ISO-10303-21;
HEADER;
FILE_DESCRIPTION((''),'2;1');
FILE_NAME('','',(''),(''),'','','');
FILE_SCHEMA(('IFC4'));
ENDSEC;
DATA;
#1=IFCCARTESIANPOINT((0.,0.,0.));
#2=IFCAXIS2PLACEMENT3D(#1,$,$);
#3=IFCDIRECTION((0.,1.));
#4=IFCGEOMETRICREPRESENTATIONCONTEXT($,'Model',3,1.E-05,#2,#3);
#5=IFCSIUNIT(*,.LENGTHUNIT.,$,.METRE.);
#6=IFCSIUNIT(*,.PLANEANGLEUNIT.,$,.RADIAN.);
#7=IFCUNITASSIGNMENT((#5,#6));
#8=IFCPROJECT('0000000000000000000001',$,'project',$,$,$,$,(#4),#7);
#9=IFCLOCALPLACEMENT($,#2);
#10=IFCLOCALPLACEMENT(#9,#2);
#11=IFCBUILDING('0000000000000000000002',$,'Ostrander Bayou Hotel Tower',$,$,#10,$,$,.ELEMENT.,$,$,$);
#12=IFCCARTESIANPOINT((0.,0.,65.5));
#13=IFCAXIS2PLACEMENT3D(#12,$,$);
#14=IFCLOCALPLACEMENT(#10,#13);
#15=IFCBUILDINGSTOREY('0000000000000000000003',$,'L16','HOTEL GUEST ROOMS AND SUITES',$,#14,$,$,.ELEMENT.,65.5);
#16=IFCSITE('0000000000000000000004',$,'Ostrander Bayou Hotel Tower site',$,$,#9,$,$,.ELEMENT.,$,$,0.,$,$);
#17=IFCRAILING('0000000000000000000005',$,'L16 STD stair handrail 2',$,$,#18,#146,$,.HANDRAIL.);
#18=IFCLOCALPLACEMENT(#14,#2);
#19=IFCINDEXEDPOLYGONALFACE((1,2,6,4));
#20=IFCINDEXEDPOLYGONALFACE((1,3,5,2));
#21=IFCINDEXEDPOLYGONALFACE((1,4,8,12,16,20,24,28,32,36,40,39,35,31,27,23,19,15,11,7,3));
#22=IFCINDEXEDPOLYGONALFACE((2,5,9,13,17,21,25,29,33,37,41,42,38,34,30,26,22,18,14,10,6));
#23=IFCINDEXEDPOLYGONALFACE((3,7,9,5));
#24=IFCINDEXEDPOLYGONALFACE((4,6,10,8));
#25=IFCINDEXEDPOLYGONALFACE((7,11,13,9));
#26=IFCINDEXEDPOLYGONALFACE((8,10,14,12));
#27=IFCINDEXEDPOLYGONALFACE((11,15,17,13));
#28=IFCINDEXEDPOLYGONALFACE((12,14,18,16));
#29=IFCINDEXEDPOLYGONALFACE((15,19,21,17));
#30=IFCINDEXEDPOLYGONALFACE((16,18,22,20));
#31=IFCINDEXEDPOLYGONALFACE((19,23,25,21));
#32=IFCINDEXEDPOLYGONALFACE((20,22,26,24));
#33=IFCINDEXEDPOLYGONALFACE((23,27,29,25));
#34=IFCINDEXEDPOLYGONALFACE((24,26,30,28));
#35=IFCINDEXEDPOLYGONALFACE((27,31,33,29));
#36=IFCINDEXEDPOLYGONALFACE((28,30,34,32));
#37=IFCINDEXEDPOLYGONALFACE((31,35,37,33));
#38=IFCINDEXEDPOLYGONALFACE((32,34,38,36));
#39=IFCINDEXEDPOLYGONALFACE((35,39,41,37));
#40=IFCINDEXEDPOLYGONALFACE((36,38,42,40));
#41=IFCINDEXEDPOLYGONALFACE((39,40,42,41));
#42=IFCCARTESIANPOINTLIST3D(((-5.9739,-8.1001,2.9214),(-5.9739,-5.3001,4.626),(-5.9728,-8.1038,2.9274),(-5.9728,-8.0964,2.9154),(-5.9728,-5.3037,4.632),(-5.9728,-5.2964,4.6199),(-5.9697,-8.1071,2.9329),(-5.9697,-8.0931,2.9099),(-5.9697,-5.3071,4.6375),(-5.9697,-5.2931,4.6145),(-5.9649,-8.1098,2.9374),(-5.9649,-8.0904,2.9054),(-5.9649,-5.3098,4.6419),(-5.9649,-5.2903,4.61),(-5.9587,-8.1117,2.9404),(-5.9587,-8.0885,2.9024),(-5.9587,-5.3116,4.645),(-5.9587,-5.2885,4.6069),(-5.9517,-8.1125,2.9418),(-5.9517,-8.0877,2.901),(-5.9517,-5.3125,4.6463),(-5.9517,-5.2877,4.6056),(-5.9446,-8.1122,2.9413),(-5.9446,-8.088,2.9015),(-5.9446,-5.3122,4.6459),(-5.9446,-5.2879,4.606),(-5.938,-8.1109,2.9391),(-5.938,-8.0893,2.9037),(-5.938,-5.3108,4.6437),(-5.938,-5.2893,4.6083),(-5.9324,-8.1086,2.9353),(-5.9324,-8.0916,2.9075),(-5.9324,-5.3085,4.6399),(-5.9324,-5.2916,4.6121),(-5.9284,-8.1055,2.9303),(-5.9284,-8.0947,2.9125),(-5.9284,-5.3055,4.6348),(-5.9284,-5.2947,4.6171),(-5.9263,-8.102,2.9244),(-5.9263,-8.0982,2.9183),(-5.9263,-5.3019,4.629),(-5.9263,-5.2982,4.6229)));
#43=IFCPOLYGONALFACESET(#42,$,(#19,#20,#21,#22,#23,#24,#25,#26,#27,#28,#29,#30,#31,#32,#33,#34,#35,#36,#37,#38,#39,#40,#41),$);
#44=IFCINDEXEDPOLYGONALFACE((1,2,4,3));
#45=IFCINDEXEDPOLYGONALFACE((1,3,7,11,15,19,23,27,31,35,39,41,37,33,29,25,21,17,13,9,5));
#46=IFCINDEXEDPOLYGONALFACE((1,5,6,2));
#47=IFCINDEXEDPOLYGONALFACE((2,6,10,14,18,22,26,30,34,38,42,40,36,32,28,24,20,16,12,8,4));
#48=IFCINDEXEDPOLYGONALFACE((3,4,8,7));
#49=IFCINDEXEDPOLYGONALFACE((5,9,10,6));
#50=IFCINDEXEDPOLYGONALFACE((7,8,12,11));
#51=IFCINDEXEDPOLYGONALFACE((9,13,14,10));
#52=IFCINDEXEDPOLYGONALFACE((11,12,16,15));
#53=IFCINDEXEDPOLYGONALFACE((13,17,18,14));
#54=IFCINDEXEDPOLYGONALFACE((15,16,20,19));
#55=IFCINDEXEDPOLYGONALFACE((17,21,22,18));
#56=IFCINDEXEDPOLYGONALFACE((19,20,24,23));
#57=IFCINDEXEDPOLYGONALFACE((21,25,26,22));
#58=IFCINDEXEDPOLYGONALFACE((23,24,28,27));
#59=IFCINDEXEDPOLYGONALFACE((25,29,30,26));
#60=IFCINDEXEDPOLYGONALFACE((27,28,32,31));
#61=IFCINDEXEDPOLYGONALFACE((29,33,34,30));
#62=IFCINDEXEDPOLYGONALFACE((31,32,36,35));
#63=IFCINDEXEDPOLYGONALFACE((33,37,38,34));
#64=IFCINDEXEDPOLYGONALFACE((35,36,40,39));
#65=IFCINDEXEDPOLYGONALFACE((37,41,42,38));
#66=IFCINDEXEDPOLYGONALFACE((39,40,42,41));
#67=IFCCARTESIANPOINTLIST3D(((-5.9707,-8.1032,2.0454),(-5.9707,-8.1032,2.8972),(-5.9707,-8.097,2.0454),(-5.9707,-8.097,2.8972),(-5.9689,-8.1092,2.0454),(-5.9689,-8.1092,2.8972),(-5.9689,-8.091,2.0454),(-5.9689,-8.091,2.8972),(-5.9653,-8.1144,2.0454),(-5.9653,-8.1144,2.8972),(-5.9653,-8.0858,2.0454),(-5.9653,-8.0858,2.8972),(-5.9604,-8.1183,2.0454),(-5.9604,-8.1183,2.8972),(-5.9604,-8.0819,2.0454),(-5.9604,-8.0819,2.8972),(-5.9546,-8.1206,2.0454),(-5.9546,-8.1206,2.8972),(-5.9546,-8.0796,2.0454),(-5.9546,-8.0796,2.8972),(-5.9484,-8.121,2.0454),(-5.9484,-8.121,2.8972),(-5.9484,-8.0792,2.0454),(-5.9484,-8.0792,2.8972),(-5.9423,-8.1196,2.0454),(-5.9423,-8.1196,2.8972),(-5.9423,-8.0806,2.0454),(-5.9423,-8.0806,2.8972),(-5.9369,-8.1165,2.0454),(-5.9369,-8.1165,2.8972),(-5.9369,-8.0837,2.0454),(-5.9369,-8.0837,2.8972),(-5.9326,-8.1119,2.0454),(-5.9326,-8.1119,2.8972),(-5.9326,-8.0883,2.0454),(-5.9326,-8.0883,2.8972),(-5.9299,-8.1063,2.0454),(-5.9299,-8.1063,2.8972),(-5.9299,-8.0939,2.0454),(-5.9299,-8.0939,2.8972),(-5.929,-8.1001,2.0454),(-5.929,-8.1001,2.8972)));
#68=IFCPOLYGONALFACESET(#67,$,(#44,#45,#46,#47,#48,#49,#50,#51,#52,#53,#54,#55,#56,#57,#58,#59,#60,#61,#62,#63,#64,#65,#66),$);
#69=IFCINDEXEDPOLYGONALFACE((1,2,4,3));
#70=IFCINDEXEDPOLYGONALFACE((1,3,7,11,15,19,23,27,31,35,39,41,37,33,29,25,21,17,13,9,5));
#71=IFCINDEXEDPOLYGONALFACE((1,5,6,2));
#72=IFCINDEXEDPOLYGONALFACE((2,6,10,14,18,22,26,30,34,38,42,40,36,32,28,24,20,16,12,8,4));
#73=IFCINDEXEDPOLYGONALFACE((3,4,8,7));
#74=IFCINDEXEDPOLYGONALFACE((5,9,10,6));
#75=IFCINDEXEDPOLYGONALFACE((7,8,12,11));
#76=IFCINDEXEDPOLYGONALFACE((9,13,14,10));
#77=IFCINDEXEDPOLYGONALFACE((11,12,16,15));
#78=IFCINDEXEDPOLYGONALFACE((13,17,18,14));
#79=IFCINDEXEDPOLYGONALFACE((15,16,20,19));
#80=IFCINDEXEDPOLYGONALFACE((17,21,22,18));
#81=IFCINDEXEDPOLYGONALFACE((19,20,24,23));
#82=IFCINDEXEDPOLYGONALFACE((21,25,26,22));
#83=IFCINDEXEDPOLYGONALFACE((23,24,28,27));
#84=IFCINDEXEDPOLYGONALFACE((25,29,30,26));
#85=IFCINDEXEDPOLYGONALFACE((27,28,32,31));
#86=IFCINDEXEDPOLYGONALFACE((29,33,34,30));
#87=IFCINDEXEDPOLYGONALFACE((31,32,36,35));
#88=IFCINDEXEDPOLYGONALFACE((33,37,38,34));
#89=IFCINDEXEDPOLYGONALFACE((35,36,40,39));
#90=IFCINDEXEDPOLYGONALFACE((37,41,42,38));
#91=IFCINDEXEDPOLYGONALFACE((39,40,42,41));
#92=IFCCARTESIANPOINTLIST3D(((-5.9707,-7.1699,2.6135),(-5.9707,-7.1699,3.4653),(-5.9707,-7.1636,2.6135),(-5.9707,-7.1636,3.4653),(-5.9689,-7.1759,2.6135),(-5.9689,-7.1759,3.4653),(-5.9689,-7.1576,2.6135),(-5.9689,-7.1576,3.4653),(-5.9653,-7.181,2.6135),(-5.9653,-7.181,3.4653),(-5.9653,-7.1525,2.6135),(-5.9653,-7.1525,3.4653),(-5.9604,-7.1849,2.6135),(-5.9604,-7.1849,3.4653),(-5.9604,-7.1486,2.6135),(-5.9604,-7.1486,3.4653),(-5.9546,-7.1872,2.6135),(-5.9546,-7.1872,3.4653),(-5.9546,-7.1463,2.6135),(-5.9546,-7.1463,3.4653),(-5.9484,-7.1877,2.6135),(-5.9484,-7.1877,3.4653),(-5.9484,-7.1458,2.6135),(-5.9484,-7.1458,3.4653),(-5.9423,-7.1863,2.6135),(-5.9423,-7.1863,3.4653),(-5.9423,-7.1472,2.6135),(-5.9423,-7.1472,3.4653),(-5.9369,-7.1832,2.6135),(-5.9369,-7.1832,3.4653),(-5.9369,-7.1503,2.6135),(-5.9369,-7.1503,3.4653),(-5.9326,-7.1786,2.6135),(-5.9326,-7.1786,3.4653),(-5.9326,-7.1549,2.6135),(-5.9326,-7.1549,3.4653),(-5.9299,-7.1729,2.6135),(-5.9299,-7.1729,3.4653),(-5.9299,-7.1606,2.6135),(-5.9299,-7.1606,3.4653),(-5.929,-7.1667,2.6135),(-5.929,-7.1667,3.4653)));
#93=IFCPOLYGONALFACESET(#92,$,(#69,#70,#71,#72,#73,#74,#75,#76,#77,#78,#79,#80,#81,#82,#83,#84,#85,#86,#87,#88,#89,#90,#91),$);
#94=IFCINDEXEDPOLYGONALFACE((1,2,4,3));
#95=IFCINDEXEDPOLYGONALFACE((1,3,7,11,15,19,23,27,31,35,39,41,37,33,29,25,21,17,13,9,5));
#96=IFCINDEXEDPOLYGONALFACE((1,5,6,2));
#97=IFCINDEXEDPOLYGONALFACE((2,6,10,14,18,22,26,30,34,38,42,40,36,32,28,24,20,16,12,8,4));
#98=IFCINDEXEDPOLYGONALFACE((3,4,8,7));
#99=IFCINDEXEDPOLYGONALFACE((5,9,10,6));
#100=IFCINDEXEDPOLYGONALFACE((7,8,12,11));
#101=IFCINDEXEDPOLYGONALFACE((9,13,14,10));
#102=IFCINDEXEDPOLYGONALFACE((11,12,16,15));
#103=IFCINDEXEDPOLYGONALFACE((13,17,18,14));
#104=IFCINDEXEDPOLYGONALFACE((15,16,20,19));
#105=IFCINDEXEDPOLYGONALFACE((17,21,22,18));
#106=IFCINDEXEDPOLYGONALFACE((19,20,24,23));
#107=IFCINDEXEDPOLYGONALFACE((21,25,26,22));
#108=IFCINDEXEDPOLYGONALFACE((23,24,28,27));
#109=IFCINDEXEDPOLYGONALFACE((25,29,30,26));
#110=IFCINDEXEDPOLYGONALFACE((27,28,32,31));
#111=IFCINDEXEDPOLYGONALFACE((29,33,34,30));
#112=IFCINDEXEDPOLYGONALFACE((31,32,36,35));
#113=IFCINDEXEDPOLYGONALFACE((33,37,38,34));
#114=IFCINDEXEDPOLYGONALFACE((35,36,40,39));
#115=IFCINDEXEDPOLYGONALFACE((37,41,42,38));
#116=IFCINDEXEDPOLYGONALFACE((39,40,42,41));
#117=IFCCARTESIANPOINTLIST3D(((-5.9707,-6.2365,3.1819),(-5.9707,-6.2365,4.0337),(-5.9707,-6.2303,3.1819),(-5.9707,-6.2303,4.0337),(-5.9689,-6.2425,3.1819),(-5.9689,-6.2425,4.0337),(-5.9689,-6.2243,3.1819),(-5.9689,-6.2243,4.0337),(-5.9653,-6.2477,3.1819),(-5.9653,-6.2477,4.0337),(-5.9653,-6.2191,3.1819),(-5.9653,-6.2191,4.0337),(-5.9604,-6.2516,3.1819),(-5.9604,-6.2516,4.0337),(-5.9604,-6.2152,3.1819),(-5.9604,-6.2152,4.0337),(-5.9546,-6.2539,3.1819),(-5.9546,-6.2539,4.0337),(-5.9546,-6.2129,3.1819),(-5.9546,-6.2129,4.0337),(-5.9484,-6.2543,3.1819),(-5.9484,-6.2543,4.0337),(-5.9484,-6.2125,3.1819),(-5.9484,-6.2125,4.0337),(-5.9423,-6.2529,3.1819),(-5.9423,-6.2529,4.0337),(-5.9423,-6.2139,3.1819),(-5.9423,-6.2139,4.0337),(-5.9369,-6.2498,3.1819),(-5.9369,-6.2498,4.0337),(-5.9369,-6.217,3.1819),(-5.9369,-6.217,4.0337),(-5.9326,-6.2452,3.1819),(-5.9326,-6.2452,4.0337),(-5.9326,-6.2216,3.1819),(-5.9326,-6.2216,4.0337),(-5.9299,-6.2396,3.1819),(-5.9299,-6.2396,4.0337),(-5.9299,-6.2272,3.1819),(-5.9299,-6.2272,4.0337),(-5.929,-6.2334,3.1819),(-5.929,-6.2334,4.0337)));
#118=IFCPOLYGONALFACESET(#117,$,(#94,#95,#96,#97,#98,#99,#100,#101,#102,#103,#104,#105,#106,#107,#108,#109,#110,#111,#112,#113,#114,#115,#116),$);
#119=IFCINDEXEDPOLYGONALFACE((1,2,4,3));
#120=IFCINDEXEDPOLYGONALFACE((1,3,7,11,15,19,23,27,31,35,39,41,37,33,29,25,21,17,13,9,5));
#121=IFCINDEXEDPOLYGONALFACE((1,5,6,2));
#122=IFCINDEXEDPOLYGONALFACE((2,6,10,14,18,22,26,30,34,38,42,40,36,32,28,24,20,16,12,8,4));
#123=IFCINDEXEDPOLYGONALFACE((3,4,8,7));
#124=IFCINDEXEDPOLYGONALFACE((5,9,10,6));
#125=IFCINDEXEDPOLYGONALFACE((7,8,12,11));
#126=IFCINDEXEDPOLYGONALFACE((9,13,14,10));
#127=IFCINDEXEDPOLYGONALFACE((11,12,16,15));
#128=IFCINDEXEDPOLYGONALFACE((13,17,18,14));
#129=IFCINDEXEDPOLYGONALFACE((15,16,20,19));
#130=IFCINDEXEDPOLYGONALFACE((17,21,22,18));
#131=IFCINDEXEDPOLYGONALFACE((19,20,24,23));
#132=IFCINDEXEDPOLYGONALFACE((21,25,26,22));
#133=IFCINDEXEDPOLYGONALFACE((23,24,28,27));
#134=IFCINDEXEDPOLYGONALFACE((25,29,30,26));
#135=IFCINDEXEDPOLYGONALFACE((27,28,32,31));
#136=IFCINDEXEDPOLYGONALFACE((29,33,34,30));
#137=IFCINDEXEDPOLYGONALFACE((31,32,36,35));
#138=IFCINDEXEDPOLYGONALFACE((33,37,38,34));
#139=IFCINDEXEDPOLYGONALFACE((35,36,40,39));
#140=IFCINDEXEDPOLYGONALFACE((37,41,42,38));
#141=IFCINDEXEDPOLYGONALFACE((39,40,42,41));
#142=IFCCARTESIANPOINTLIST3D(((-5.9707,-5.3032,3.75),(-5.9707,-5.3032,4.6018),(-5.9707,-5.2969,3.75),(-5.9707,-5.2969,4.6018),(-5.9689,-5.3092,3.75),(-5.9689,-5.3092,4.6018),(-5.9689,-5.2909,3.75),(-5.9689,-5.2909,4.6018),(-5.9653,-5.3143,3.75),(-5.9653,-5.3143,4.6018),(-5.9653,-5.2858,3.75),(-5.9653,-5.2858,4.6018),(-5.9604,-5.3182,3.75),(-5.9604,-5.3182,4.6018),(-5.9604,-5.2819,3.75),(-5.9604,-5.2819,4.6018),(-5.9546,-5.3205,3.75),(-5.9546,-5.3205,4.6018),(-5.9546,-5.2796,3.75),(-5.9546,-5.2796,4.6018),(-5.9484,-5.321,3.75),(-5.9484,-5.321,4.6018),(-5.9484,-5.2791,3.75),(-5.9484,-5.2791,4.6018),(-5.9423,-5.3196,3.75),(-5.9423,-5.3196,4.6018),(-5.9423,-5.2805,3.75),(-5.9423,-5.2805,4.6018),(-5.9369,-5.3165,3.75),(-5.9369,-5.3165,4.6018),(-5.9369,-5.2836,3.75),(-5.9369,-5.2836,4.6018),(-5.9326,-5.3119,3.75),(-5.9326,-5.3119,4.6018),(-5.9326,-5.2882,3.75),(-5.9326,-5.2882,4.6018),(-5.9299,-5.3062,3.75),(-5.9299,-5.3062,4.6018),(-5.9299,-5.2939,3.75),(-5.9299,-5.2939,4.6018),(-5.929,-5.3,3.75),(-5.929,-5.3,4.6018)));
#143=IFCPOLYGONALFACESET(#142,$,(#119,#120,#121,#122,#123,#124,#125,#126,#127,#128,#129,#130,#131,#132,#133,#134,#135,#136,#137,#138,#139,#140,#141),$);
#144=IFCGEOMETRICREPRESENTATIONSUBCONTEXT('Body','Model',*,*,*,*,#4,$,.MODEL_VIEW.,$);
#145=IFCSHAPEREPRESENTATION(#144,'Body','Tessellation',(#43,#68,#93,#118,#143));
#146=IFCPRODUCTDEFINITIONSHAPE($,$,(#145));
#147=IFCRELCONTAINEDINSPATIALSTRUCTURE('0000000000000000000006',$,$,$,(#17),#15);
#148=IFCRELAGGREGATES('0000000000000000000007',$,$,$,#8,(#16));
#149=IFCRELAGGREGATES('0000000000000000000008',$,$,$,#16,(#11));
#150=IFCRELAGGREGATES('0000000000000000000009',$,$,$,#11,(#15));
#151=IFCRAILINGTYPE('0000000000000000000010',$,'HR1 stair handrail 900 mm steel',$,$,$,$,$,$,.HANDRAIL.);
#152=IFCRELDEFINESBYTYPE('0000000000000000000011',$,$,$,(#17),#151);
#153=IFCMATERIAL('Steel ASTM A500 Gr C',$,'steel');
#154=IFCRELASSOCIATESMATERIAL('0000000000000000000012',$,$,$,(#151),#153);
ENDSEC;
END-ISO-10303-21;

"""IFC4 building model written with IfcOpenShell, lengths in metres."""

from ifc_helpers import new_model, si_unit, direction, frame, origin, origin_2d, place, context, subcontext, project, spatial, circle, extrude, material, type_object, element, save


model = new_model("IFC4")

# Units and contexts
model_context = context("Model", 3, precision=1e-05, world=origin(), true_north=direction((0.0, 1.0)))
body_context = subcontext(model_context, "Body", "Model", "MODEL_VIEW")
ifc_project = project(units=[si_unit("LENGTHUNIT", "METRE"), si_unit("PLANEANGLEUNIT", "RADIAN")], contexts=[model_context])

# Site, building, storey
site_placement = place(None, origin())
site = spatial("IfcSite", under=ifc_project, at=site_placement, Name="Ostrander Bayou Hotel Tower site", CompositionType="ELEMENT", RefElevation=0.0)
building_placement = place(site_placement, origin())
building = spatial("IfcBuilding", under=site, at=building_placement, Name="Ostrander Bayou Hotel Tower", CompositionType="ELEMENT")
storey_placement = place(building_placement, frame((0.0, 0.0, 65.5)))
storey = spatial("IfcBuildingStorey", under=building, at=storey_placement, Name="L16", Description="HOTEL GUEST ROOMS AND SUITES", CompositionType="ELEMENT", Elevation=65.5)

# Railing
ifc_material_1 = material(Name="Steel ASTM A500 Gr C", Category="steel")
railing_type_1 = type_object("IfcRailingType", Name="HR1 stair handrail 900 mm steel", PredefinedType="HANDRAIL", material=ifc_material_1)
railing_1_placement = place(storey_placement, frame((-5.95, -8.1001, 2.0454)))
element("IfcRailing", 1, at=railing_1_placement, inside=storey, type_object=railing_type_1, Name="L16 STD stair handrail 2", PredefinedType="HANDRAIL", context=body_context, shape_type="SweptSolid", body=[
    extrude(circle(Radius=0.0239, at=origin_2d()), frame((0.0, 0.0, 0.876), z_axis=(0.0, 0.85417, 0.519994), x_axis=(-1.0, 0.0, 0.0)), (0.0, 0.0, 1.0), 3.2781),
    extrude(circle(Radius=0.021, at=origin_2d()), origin(), (0.0, 0.0, 1.0), 0.8518),
    extrude(circle(Radius=0.021, at=origin_2d()), frame((0.0, 0.9333, 0.5681)), (0.0, 0.0, 1.0), 0.8518),
    extrude(circle(Radius=0.021, at=origin_2d()), frame((0.0, 1.8667, 1.1365)), (0.0, 0.0, 1.0), 0.8518),
    extrude(circle(Radius=0.021, at=origin_2d()), frame((0.0, 2.8, 1.7046)), (0.0, 0.0, 1.0), 0.8518),
])

save(model, "model.ifc")
